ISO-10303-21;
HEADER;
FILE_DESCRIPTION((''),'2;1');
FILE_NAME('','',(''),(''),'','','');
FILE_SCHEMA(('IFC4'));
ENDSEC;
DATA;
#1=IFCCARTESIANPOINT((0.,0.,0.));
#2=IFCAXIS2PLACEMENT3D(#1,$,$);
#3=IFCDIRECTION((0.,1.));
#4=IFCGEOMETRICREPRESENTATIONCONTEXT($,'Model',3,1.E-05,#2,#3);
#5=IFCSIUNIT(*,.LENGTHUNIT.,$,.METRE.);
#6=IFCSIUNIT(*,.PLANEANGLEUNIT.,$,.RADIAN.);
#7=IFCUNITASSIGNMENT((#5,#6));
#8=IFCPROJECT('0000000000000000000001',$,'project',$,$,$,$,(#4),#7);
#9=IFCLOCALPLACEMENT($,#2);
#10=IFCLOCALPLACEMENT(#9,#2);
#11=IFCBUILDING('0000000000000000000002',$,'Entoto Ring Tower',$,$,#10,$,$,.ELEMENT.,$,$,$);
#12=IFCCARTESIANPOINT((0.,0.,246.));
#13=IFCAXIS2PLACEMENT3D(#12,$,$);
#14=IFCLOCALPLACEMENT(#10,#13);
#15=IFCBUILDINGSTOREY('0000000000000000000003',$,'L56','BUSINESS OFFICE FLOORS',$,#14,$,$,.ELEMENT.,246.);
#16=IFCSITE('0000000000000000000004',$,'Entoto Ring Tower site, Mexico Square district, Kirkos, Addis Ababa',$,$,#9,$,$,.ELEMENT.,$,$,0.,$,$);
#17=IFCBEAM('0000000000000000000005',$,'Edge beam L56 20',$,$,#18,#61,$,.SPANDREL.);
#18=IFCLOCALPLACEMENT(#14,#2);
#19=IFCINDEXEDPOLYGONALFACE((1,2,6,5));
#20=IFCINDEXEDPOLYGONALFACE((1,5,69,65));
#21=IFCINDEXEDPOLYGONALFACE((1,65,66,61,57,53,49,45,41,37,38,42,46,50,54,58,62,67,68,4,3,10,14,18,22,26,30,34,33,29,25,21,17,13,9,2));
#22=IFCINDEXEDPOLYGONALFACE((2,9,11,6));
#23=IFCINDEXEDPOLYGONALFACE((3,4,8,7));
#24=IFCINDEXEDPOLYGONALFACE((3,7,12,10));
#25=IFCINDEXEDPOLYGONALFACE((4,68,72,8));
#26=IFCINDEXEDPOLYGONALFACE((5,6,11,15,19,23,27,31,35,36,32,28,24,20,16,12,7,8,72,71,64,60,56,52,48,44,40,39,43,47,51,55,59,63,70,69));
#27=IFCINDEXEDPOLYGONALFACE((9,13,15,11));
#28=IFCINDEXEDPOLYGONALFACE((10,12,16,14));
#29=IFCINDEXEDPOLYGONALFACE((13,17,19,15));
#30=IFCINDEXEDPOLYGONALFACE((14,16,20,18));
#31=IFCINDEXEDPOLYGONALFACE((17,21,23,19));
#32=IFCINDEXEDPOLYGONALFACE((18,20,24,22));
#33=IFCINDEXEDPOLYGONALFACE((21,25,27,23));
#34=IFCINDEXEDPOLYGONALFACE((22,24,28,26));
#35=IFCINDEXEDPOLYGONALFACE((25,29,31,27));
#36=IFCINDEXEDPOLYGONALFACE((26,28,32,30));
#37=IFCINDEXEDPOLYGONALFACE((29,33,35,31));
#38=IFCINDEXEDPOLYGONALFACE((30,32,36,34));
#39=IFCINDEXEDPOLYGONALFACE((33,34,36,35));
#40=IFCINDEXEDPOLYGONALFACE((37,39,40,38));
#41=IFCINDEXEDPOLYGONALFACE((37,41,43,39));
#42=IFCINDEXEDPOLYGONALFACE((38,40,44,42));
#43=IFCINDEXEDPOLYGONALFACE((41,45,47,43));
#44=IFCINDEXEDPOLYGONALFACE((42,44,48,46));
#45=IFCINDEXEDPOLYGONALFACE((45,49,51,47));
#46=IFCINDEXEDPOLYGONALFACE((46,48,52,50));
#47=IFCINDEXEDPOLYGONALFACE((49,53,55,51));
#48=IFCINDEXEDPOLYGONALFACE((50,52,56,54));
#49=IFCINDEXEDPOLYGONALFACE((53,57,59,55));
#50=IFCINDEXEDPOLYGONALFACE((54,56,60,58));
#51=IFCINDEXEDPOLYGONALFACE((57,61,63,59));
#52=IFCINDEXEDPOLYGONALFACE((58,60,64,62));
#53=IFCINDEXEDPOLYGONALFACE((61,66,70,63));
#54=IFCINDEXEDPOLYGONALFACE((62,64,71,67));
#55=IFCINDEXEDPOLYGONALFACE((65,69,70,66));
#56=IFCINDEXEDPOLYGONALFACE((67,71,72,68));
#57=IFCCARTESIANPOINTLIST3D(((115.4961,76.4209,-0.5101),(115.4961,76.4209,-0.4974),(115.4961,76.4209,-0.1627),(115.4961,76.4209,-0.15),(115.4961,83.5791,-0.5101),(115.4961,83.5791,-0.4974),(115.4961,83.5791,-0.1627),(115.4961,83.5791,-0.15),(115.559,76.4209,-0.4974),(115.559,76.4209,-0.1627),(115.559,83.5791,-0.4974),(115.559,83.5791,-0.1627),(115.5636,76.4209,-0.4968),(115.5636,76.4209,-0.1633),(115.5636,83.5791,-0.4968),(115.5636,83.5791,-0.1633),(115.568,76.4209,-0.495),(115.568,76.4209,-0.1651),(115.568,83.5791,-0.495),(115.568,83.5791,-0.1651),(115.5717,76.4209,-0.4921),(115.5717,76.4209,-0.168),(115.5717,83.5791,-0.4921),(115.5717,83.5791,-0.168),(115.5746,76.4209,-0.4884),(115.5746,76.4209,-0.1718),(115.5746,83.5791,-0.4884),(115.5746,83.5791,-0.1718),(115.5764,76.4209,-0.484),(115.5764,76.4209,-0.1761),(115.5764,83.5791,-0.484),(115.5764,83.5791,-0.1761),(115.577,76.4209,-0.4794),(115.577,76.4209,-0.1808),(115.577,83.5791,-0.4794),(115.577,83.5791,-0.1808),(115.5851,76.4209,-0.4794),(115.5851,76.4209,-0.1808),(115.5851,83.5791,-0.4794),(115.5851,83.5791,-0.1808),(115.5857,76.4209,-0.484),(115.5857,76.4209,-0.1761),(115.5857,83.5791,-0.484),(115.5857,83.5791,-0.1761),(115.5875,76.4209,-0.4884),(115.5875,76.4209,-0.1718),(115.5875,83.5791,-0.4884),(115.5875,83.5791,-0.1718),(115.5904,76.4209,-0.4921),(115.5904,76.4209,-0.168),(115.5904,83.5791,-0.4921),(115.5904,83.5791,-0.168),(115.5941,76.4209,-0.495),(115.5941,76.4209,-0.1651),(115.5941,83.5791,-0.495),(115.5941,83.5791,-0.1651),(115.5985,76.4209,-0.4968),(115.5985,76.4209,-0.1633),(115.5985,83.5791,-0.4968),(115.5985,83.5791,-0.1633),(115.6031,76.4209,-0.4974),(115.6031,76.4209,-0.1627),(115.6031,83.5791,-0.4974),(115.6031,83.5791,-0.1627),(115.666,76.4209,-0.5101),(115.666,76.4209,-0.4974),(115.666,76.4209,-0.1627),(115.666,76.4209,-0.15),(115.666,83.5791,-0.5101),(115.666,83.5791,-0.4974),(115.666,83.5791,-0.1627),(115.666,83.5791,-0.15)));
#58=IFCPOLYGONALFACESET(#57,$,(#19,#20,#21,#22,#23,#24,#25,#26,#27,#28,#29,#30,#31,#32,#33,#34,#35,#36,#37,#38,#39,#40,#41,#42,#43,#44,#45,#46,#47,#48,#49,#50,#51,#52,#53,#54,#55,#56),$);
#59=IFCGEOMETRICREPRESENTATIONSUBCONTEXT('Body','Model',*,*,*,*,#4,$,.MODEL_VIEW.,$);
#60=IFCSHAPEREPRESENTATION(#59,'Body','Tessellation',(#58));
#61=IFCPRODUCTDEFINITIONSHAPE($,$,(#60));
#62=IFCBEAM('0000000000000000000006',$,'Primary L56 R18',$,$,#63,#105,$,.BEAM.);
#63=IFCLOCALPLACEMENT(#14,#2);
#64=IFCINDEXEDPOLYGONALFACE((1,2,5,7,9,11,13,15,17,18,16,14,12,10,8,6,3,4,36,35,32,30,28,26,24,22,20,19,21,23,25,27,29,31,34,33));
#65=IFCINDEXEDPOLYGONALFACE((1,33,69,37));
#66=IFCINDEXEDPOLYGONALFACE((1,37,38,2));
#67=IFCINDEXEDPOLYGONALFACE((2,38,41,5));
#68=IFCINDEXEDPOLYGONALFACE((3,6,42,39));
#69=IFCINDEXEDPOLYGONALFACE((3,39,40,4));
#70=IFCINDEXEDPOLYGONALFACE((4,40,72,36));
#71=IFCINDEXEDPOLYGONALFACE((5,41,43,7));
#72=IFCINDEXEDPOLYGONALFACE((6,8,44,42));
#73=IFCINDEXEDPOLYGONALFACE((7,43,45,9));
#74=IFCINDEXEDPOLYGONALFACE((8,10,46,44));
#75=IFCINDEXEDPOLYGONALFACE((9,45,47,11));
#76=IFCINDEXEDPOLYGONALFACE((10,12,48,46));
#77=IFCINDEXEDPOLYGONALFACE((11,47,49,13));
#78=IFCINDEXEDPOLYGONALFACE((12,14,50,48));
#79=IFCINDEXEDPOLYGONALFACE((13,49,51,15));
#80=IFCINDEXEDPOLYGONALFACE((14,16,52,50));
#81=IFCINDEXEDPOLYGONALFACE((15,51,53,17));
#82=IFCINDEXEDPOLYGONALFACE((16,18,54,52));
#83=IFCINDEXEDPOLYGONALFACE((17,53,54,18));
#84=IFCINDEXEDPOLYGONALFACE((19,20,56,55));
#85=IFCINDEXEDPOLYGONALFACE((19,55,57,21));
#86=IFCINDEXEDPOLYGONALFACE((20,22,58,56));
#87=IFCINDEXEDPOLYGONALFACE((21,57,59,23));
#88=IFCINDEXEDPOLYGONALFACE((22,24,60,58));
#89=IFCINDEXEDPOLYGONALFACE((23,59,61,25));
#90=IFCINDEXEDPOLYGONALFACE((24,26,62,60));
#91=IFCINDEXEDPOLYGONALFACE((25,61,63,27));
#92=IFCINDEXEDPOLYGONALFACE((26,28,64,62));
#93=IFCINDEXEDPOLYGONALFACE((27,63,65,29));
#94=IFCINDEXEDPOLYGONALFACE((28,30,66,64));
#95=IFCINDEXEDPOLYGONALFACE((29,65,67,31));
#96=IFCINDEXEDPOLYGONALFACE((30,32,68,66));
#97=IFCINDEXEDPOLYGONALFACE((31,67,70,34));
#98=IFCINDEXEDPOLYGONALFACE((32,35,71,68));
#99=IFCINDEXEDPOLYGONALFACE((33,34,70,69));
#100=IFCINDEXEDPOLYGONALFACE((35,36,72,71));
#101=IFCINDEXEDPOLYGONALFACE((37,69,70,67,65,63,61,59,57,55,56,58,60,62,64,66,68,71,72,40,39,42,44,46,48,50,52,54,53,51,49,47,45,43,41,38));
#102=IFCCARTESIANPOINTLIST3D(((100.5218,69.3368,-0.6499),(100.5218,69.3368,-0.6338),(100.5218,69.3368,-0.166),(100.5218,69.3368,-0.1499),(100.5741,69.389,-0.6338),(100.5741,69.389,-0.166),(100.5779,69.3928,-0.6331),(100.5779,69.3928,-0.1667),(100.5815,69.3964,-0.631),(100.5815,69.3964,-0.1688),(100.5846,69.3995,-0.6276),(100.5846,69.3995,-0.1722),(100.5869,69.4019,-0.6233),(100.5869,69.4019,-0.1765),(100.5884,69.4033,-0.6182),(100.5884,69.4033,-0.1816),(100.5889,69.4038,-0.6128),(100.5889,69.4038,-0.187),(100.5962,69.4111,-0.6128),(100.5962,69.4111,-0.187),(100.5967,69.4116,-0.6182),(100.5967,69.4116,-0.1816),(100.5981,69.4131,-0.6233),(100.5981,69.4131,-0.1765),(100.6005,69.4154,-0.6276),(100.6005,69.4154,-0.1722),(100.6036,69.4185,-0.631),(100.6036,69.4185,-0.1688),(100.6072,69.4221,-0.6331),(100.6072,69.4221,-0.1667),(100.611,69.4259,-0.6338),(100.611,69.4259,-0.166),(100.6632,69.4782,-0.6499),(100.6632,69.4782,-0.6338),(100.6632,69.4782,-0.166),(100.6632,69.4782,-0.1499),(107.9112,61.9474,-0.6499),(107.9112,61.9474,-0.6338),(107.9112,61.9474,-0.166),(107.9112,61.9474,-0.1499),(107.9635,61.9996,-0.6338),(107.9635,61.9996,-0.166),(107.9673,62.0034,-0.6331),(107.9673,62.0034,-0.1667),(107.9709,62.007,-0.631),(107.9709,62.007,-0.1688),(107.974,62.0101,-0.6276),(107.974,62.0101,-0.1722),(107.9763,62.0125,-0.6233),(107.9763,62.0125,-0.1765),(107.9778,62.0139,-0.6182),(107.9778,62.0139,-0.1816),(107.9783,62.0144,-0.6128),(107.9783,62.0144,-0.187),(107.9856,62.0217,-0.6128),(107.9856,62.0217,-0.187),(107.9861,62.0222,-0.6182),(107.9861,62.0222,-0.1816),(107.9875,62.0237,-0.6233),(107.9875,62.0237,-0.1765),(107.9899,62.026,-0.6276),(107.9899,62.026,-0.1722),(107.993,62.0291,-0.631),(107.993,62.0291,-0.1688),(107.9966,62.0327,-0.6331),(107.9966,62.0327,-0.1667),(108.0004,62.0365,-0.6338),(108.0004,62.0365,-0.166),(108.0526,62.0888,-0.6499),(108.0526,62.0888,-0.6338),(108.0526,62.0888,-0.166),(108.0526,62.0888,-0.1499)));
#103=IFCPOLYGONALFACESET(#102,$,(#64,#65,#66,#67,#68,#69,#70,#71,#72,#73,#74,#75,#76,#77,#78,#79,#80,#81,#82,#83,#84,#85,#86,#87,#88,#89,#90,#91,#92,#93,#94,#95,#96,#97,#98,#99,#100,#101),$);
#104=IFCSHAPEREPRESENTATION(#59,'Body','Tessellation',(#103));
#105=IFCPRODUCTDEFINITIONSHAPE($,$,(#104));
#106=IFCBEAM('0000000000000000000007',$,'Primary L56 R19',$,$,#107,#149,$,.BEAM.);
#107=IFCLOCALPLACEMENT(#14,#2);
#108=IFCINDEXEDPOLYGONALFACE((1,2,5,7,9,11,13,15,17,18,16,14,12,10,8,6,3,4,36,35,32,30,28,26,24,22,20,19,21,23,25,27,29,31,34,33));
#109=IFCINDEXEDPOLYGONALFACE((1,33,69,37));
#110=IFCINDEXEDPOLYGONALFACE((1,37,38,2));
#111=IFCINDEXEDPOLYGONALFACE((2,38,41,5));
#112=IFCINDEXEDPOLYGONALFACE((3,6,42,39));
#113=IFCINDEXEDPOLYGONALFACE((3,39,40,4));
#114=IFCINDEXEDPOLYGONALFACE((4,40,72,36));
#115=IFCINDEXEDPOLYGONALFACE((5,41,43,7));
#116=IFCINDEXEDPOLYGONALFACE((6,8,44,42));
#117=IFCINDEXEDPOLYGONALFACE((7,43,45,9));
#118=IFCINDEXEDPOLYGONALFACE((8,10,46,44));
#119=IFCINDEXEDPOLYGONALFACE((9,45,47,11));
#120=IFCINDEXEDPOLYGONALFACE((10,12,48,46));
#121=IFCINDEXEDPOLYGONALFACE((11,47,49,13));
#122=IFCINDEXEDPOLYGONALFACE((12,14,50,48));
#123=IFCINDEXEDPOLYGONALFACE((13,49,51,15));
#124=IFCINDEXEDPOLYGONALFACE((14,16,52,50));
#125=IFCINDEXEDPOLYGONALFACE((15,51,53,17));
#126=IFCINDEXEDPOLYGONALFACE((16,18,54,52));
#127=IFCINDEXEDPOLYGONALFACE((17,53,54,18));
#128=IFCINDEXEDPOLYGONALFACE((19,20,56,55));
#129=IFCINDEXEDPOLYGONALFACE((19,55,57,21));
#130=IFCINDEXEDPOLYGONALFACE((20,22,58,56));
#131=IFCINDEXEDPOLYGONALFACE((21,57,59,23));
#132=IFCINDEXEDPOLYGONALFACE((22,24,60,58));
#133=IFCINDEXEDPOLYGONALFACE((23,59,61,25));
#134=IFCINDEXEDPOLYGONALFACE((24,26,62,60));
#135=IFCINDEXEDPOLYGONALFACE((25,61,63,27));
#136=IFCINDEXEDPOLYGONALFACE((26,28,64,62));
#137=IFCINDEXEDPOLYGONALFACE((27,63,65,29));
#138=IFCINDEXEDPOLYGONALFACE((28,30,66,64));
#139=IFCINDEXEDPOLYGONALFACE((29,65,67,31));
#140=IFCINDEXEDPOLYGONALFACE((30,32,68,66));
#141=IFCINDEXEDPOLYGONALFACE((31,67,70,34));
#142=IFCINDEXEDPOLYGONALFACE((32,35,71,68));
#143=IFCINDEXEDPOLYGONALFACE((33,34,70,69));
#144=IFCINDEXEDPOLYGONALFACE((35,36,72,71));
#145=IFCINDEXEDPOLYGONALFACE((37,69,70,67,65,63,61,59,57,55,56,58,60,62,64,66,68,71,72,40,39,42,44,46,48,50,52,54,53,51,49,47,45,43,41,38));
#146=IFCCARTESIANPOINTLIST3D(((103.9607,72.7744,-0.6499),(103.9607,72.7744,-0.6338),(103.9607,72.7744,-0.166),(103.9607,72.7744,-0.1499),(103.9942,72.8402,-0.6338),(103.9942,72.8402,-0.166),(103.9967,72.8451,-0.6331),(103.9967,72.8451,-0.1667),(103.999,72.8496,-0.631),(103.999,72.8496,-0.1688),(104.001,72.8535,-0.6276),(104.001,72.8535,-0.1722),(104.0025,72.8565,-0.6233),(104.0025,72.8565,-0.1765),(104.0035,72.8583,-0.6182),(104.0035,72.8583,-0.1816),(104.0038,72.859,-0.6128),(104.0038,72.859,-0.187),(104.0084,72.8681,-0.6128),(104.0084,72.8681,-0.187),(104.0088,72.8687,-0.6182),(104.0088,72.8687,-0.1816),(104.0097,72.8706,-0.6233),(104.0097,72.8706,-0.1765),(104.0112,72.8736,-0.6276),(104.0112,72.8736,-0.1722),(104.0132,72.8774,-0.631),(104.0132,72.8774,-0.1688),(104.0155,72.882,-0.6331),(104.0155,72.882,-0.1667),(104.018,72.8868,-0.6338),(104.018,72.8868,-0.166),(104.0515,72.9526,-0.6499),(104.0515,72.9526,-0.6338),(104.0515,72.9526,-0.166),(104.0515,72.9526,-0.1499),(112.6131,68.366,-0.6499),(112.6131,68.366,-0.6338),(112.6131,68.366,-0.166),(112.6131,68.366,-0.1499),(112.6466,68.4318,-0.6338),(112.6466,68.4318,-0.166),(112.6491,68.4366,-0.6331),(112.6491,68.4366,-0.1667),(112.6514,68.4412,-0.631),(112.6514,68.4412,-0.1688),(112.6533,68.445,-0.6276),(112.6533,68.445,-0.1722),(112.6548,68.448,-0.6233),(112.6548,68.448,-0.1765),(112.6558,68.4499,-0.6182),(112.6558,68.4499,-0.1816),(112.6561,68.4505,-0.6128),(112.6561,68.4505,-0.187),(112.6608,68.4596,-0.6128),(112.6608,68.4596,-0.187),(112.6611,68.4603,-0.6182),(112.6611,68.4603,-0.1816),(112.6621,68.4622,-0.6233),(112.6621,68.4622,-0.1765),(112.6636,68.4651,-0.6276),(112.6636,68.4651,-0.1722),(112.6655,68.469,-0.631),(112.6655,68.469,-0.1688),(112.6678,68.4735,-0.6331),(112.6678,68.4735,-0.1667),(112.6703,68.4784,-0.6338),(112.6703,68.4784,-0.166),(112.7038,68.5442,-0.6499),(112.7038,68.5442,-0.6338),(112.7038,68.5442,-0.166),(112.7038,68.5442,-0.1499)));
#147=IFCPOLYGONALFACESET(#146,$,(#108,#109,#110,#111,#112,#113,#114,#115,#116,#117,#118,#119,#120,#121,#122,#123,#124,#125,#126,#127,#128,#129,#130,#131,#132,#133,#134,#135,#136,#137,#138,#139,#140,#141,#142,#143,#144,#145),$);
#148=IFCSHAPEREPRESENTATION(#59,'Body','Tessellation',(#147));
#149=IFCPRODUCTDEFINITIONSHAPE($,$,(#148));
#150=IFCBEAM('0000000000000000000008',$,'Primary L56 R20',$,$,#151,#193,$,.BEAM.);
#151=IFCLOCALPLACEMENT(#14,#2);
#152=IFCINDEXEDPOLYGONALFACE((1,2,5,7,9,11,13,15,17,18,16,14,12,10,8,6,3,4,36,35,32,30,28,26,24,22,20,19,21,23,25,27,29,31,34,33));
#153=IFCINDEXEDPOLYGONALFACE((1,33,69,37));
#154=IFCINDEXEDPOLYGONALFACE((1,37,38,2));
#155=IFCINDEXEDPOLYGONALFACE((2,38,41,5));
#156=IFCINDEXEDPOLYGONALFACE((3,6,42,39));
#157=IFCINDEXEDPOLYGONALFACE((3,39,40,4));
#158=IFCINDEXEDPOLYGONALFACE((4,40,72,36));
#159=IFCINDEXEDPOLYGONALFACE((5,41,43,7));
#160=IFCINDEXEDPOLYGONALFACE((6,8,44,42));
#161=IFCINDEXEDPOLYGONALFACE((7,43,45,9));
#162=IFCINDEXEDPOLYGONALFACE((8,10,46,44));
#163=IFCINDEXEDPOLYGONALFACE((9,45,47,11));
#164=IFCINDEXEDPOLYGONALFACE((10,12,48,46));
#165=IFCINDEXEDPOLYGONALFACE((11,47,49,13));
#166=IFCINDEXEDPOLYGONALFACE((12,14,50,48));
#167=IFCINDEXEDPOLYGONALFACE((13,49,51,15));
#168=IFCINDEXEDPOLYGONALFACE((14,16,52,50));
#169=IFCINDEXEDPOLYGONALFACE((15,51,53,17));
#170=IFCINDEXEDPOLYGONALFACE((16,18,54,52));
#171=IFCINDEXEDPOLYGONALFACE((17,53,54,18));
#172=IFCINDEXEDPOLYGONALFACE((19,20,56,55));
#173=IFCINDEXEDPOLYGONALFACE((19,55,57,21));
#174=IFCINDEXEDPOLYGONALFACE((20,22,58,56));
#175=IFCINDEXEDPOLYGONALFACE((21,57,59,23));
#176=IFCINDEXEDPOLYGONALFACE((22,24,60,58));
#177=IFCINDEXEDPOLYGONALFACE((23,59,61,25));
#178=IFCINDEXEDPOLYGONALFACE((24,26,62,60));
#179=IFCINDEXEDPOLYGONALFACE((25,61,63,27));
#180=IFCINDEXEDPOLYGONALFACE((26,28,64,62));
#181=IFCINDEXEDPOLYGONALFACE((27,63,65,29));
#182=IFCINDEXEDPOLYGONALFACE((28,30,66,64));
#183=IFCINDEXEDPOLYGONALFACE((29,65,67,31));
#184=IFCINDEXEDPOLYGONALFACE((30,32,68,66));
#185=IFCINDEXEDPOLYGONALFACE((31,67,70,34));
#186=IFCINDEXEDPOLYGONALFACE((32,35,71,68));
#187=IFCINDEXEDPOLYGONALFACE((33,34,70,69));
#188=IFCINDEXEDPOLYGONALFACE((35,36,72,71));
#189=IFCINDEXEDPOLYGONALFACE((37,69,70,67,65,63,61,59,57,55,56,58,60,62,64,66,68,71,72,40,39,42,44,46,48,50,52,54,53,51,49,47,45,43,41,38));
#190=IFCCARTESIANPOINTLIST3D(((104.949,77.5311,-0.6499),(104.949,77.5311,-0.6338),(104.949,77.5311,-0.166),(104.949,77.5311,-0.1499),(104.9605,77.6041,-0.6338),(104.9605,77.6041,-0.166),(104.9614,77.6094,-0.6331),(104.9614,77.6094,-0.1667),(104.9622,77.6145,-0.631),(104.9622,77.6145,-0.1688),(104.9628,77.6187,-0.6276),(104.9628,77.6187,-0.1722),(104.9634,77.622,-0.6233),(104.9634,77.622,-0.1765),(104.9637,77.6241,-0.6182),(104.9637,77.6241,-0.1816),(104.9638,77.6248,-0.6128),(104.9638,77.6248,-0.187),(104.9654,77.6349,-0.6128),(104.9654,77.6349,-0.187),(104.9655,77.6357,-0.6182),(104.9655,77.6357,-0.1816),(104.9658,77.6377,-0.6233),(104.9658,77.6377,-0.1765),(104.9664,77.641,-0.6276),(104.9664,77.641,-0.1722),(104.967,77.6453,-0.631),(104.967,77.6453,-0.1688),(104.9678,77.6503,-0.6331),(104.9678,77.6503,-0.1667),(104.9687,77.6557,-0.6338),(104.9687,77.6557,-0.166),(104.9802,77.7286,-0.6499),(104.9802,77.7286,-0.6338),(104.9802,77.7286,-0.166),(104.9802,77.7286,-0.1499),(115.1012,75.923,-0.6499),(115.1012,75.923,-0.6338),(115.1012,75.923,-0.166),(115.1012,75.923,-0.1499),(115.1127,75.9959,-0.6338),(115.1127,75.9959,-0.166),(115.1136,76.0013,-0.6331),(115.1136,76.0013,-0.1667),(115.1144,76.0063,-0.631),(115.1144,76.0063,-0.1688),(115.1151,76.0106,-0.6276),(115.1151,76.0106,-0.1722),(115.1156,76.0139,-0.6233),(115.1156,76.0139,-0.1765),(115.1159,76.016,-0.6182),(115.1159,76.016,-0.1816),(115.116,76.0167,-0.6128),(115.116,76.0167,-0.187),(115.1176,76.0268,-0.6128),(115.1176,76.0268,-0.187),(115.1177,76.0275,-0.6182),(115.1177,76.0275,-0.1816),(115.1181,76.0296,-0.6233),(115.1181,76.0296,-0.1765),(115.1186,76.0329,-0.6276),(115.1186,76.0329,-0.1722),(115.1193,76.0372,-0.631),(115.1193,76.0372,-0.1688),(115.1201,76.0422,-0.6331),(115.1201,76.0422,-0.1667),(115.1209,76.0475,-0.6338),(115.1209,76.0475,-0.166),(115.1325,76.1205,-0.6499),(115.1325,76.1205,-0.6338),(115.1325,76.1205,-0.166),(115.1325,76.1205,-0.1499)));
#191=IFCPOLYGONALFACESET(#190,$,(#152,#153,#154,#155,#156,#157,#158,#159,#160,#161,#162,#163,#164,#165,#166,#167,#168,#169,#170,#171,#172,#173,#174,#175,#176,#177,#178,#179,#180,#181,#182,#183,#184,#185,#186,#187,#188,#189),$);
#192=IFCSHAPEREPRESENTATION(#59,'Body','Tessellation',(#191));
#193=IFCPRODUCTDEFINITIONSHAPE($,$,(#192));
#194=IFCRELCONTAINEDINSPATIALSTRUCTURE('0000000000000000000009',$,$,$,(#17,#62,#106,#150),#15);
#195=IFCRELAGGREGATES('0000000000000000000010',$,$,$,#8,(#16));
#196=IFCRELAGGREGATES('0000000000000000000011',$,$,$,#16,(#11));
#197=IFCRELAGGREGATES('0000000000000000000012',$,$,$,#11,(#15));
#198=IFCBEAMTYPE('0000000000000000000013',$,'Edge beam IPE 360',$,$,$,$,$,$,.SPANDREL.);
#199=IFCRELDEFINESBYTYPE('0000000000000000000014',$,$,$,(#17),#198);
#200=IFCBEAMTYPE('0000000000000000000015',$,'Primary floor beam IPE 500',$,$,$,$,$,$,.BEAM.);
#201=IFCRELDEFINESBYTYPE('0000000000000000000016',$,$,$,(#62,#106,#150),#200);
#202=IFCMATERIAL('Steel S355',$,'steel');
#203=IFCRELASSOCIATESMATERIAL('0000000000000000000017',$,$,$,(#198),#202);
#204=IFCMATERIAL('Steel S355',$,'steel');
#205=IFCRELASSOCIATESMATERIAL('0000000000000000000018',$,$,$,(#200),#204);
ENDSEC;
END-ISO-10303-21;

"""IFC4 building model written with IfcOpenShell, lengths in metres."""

from ifc_helpers import new_model, si_unit, direction, frame, origin, origin_2d, place, context, subcontext, project, spatial, i_section, extrude, material, material_profile, profile_set, type_object, element, save


model = new_model("IFC4")

# Units and contexts
model_context = context("Model", 3, precision=1e-05, world=origin(), true_north=direction((0.0, 1.0)))
body_context = subcontext(model_context, "Body", "Model", "MODEL_VIEW")
ifc_project = project(units=[si_unit("LENGTHUNIT", "METRE"), si_unit("PLANEANGLEUNIT", "RADIAN")], contexts=[model_context])

# Site, building, storey
site_placement = place(None, origin())
site = spatial("IfcSite", under=ifc_project, at=site_placement, Name="Entoto Ring Tower site, Mexico Square district, Kirkos, Addis Ababa", CompositionType="ELEMENT", RefElevation=0.0)
building_placement = place(site_placement, origin())
building = spatial("IfcBuilding", under=site, at=building_placement, Name="Entoto Ring Tower", CompositionType="ELEMENT")
storey_placement = place(building_placement, frame((0.0, 0.0, 246.0)))
storey = spatial("IfcBuildingStorey", under=building, at=storey_placement, Name="L56", Description="BUSINESS OFFICE FLOORS", CompositionType="ELEMENT", Elevation=246.0)

# Beams
ifc_material_1 = material(Name="Steel S355", Category="steel")
ifc_material_profile_1 = material_profile(ifc_material_1, i_section(OverallWidth=0.1699, OverallDepth=0.3601, WebThickness=0.0081, FlangeThickness=0.0127, FilletRadius=0.0181, at=origin_2d()), Name="IPE 360")
ifc_profile_set_1 = profile_set([ifc_material_profile_1], Name="Steel S355")
beam_type_1 = type_object("IfcBeamType", Name="Edge beam IPE 360", PredefinedType="SPANDREL", material=ifc_profile_set_1)
beam_1_placement = place(storey_placement, frame((115.5811, 76.4209, -0.3301), z_axis=(0.0, 1.0, 0.0), x_axis=(-1.0, 0.0, 0.0)))
element("IfcBeam", 1, at=beam_1_placement, inside=storey, type_object=beam_type_1, Name="Edge beam L56 20", PredefinedType="SPANDREL", context=body_context, shape_type="SweptSolid", body=[
    extrude(i_section(OverallWidth=0.1699, OverallDepth=0.3601, WebThickness=0.0081, FlangeThickness=0.0127, FilletRadius=0.0181, at=origin_2d()), origin(), (0.0, 0.0, 1.0), 7.1582),
])
ifc_material_2 = material(Name="Steel S355", Category="steel")
ifc_material_profile_2 = material_profile(ifc_material_2, i_section(OverallWidth=0.2, OverallDepth=0.5, WebThickness=0.0103, FlangeThickness=0.0161, FilletRadius=0.021, at=origin_2d()), Name="IPE 500")
ifc_profile_set_2 = profile_set([ifc_material_profile_2], Name="Steel S355")
beam_type_2 = type_object("IfcBeamType", Name="Primary floor beam IPE 500", PredefinedType="BEAM", material=ifc_profile_set_2)
beam_2_placement = place(storey_placement, frame((100.5925, 69.4075, -0.3999), z_axis=(0.707107, -0.707107, 0.0), x_axis=(0.707107, 0.707107, 0.0)))
element("IfcBeam", 2, at=beam_2_placement, inside=storey, type_object=beam_type_2, Name="Primary L56 R18", PredefinedType="BEAM", context=body_context, shape_type="SweptSolid", body=[
    extrude(i_section(OverallWidth=0.2, OverallDepth=0.5, WebThickness=0.0103, FlangeThickness=0.0161, FilletRadius=0.021, at=origin_2d()), origin(), (0.0, 0.0, 1.0), 10.4502),
])
beam_3_placement = place(storey_placement, frame((104.0061, 72.8635, -0.3999), z_axis=(0.891012, -0.453979, 0.0), x_axis=(0.453979, 0.891012, 0.0)))
element("IfcBeam", 3, at=beam_3_placement, inside=storey, type_object=beam_type_2, Name="Primary L56 R19", PredefinedType="BEAM", context=body_context, shape_type="SweptSolid", body=[
    extrude(i_section(OverallWidth=0.2, OverallDepth=0.5, WebThickness=0.0103, FlangeThickness=0.0161, FilletRadius=0.021, at=origin_2d()), origin(), (0.0, 0.0, 1.0), 9.7107),
])
beam_4_placement = place(storey_placement, frame((104.9646, 77.6299, -0.3999), z_axis=(0.987686, -0.156452, 0.0), x_axis=(0.156452, 0.987686, 0.0)))
element("IfcBeam", 4, at=beam_4_placement, inside=storey, type_object=beam_type_2, Name="Primary L56 R20", PredefinedType="BEAM", context=body_context, shape_type="SweptSolid", body=[
    extrude(i_section(OverallWidth=0.2, OverallDepth=0.5, WebThickness=0.0103, FlangeThickness=0.0161, FilletRadius=0.021, at=origin_2d()), origin(), (0.0, 0.0, 1.0), 10.2788),
])

save(model, "model.ifc")
